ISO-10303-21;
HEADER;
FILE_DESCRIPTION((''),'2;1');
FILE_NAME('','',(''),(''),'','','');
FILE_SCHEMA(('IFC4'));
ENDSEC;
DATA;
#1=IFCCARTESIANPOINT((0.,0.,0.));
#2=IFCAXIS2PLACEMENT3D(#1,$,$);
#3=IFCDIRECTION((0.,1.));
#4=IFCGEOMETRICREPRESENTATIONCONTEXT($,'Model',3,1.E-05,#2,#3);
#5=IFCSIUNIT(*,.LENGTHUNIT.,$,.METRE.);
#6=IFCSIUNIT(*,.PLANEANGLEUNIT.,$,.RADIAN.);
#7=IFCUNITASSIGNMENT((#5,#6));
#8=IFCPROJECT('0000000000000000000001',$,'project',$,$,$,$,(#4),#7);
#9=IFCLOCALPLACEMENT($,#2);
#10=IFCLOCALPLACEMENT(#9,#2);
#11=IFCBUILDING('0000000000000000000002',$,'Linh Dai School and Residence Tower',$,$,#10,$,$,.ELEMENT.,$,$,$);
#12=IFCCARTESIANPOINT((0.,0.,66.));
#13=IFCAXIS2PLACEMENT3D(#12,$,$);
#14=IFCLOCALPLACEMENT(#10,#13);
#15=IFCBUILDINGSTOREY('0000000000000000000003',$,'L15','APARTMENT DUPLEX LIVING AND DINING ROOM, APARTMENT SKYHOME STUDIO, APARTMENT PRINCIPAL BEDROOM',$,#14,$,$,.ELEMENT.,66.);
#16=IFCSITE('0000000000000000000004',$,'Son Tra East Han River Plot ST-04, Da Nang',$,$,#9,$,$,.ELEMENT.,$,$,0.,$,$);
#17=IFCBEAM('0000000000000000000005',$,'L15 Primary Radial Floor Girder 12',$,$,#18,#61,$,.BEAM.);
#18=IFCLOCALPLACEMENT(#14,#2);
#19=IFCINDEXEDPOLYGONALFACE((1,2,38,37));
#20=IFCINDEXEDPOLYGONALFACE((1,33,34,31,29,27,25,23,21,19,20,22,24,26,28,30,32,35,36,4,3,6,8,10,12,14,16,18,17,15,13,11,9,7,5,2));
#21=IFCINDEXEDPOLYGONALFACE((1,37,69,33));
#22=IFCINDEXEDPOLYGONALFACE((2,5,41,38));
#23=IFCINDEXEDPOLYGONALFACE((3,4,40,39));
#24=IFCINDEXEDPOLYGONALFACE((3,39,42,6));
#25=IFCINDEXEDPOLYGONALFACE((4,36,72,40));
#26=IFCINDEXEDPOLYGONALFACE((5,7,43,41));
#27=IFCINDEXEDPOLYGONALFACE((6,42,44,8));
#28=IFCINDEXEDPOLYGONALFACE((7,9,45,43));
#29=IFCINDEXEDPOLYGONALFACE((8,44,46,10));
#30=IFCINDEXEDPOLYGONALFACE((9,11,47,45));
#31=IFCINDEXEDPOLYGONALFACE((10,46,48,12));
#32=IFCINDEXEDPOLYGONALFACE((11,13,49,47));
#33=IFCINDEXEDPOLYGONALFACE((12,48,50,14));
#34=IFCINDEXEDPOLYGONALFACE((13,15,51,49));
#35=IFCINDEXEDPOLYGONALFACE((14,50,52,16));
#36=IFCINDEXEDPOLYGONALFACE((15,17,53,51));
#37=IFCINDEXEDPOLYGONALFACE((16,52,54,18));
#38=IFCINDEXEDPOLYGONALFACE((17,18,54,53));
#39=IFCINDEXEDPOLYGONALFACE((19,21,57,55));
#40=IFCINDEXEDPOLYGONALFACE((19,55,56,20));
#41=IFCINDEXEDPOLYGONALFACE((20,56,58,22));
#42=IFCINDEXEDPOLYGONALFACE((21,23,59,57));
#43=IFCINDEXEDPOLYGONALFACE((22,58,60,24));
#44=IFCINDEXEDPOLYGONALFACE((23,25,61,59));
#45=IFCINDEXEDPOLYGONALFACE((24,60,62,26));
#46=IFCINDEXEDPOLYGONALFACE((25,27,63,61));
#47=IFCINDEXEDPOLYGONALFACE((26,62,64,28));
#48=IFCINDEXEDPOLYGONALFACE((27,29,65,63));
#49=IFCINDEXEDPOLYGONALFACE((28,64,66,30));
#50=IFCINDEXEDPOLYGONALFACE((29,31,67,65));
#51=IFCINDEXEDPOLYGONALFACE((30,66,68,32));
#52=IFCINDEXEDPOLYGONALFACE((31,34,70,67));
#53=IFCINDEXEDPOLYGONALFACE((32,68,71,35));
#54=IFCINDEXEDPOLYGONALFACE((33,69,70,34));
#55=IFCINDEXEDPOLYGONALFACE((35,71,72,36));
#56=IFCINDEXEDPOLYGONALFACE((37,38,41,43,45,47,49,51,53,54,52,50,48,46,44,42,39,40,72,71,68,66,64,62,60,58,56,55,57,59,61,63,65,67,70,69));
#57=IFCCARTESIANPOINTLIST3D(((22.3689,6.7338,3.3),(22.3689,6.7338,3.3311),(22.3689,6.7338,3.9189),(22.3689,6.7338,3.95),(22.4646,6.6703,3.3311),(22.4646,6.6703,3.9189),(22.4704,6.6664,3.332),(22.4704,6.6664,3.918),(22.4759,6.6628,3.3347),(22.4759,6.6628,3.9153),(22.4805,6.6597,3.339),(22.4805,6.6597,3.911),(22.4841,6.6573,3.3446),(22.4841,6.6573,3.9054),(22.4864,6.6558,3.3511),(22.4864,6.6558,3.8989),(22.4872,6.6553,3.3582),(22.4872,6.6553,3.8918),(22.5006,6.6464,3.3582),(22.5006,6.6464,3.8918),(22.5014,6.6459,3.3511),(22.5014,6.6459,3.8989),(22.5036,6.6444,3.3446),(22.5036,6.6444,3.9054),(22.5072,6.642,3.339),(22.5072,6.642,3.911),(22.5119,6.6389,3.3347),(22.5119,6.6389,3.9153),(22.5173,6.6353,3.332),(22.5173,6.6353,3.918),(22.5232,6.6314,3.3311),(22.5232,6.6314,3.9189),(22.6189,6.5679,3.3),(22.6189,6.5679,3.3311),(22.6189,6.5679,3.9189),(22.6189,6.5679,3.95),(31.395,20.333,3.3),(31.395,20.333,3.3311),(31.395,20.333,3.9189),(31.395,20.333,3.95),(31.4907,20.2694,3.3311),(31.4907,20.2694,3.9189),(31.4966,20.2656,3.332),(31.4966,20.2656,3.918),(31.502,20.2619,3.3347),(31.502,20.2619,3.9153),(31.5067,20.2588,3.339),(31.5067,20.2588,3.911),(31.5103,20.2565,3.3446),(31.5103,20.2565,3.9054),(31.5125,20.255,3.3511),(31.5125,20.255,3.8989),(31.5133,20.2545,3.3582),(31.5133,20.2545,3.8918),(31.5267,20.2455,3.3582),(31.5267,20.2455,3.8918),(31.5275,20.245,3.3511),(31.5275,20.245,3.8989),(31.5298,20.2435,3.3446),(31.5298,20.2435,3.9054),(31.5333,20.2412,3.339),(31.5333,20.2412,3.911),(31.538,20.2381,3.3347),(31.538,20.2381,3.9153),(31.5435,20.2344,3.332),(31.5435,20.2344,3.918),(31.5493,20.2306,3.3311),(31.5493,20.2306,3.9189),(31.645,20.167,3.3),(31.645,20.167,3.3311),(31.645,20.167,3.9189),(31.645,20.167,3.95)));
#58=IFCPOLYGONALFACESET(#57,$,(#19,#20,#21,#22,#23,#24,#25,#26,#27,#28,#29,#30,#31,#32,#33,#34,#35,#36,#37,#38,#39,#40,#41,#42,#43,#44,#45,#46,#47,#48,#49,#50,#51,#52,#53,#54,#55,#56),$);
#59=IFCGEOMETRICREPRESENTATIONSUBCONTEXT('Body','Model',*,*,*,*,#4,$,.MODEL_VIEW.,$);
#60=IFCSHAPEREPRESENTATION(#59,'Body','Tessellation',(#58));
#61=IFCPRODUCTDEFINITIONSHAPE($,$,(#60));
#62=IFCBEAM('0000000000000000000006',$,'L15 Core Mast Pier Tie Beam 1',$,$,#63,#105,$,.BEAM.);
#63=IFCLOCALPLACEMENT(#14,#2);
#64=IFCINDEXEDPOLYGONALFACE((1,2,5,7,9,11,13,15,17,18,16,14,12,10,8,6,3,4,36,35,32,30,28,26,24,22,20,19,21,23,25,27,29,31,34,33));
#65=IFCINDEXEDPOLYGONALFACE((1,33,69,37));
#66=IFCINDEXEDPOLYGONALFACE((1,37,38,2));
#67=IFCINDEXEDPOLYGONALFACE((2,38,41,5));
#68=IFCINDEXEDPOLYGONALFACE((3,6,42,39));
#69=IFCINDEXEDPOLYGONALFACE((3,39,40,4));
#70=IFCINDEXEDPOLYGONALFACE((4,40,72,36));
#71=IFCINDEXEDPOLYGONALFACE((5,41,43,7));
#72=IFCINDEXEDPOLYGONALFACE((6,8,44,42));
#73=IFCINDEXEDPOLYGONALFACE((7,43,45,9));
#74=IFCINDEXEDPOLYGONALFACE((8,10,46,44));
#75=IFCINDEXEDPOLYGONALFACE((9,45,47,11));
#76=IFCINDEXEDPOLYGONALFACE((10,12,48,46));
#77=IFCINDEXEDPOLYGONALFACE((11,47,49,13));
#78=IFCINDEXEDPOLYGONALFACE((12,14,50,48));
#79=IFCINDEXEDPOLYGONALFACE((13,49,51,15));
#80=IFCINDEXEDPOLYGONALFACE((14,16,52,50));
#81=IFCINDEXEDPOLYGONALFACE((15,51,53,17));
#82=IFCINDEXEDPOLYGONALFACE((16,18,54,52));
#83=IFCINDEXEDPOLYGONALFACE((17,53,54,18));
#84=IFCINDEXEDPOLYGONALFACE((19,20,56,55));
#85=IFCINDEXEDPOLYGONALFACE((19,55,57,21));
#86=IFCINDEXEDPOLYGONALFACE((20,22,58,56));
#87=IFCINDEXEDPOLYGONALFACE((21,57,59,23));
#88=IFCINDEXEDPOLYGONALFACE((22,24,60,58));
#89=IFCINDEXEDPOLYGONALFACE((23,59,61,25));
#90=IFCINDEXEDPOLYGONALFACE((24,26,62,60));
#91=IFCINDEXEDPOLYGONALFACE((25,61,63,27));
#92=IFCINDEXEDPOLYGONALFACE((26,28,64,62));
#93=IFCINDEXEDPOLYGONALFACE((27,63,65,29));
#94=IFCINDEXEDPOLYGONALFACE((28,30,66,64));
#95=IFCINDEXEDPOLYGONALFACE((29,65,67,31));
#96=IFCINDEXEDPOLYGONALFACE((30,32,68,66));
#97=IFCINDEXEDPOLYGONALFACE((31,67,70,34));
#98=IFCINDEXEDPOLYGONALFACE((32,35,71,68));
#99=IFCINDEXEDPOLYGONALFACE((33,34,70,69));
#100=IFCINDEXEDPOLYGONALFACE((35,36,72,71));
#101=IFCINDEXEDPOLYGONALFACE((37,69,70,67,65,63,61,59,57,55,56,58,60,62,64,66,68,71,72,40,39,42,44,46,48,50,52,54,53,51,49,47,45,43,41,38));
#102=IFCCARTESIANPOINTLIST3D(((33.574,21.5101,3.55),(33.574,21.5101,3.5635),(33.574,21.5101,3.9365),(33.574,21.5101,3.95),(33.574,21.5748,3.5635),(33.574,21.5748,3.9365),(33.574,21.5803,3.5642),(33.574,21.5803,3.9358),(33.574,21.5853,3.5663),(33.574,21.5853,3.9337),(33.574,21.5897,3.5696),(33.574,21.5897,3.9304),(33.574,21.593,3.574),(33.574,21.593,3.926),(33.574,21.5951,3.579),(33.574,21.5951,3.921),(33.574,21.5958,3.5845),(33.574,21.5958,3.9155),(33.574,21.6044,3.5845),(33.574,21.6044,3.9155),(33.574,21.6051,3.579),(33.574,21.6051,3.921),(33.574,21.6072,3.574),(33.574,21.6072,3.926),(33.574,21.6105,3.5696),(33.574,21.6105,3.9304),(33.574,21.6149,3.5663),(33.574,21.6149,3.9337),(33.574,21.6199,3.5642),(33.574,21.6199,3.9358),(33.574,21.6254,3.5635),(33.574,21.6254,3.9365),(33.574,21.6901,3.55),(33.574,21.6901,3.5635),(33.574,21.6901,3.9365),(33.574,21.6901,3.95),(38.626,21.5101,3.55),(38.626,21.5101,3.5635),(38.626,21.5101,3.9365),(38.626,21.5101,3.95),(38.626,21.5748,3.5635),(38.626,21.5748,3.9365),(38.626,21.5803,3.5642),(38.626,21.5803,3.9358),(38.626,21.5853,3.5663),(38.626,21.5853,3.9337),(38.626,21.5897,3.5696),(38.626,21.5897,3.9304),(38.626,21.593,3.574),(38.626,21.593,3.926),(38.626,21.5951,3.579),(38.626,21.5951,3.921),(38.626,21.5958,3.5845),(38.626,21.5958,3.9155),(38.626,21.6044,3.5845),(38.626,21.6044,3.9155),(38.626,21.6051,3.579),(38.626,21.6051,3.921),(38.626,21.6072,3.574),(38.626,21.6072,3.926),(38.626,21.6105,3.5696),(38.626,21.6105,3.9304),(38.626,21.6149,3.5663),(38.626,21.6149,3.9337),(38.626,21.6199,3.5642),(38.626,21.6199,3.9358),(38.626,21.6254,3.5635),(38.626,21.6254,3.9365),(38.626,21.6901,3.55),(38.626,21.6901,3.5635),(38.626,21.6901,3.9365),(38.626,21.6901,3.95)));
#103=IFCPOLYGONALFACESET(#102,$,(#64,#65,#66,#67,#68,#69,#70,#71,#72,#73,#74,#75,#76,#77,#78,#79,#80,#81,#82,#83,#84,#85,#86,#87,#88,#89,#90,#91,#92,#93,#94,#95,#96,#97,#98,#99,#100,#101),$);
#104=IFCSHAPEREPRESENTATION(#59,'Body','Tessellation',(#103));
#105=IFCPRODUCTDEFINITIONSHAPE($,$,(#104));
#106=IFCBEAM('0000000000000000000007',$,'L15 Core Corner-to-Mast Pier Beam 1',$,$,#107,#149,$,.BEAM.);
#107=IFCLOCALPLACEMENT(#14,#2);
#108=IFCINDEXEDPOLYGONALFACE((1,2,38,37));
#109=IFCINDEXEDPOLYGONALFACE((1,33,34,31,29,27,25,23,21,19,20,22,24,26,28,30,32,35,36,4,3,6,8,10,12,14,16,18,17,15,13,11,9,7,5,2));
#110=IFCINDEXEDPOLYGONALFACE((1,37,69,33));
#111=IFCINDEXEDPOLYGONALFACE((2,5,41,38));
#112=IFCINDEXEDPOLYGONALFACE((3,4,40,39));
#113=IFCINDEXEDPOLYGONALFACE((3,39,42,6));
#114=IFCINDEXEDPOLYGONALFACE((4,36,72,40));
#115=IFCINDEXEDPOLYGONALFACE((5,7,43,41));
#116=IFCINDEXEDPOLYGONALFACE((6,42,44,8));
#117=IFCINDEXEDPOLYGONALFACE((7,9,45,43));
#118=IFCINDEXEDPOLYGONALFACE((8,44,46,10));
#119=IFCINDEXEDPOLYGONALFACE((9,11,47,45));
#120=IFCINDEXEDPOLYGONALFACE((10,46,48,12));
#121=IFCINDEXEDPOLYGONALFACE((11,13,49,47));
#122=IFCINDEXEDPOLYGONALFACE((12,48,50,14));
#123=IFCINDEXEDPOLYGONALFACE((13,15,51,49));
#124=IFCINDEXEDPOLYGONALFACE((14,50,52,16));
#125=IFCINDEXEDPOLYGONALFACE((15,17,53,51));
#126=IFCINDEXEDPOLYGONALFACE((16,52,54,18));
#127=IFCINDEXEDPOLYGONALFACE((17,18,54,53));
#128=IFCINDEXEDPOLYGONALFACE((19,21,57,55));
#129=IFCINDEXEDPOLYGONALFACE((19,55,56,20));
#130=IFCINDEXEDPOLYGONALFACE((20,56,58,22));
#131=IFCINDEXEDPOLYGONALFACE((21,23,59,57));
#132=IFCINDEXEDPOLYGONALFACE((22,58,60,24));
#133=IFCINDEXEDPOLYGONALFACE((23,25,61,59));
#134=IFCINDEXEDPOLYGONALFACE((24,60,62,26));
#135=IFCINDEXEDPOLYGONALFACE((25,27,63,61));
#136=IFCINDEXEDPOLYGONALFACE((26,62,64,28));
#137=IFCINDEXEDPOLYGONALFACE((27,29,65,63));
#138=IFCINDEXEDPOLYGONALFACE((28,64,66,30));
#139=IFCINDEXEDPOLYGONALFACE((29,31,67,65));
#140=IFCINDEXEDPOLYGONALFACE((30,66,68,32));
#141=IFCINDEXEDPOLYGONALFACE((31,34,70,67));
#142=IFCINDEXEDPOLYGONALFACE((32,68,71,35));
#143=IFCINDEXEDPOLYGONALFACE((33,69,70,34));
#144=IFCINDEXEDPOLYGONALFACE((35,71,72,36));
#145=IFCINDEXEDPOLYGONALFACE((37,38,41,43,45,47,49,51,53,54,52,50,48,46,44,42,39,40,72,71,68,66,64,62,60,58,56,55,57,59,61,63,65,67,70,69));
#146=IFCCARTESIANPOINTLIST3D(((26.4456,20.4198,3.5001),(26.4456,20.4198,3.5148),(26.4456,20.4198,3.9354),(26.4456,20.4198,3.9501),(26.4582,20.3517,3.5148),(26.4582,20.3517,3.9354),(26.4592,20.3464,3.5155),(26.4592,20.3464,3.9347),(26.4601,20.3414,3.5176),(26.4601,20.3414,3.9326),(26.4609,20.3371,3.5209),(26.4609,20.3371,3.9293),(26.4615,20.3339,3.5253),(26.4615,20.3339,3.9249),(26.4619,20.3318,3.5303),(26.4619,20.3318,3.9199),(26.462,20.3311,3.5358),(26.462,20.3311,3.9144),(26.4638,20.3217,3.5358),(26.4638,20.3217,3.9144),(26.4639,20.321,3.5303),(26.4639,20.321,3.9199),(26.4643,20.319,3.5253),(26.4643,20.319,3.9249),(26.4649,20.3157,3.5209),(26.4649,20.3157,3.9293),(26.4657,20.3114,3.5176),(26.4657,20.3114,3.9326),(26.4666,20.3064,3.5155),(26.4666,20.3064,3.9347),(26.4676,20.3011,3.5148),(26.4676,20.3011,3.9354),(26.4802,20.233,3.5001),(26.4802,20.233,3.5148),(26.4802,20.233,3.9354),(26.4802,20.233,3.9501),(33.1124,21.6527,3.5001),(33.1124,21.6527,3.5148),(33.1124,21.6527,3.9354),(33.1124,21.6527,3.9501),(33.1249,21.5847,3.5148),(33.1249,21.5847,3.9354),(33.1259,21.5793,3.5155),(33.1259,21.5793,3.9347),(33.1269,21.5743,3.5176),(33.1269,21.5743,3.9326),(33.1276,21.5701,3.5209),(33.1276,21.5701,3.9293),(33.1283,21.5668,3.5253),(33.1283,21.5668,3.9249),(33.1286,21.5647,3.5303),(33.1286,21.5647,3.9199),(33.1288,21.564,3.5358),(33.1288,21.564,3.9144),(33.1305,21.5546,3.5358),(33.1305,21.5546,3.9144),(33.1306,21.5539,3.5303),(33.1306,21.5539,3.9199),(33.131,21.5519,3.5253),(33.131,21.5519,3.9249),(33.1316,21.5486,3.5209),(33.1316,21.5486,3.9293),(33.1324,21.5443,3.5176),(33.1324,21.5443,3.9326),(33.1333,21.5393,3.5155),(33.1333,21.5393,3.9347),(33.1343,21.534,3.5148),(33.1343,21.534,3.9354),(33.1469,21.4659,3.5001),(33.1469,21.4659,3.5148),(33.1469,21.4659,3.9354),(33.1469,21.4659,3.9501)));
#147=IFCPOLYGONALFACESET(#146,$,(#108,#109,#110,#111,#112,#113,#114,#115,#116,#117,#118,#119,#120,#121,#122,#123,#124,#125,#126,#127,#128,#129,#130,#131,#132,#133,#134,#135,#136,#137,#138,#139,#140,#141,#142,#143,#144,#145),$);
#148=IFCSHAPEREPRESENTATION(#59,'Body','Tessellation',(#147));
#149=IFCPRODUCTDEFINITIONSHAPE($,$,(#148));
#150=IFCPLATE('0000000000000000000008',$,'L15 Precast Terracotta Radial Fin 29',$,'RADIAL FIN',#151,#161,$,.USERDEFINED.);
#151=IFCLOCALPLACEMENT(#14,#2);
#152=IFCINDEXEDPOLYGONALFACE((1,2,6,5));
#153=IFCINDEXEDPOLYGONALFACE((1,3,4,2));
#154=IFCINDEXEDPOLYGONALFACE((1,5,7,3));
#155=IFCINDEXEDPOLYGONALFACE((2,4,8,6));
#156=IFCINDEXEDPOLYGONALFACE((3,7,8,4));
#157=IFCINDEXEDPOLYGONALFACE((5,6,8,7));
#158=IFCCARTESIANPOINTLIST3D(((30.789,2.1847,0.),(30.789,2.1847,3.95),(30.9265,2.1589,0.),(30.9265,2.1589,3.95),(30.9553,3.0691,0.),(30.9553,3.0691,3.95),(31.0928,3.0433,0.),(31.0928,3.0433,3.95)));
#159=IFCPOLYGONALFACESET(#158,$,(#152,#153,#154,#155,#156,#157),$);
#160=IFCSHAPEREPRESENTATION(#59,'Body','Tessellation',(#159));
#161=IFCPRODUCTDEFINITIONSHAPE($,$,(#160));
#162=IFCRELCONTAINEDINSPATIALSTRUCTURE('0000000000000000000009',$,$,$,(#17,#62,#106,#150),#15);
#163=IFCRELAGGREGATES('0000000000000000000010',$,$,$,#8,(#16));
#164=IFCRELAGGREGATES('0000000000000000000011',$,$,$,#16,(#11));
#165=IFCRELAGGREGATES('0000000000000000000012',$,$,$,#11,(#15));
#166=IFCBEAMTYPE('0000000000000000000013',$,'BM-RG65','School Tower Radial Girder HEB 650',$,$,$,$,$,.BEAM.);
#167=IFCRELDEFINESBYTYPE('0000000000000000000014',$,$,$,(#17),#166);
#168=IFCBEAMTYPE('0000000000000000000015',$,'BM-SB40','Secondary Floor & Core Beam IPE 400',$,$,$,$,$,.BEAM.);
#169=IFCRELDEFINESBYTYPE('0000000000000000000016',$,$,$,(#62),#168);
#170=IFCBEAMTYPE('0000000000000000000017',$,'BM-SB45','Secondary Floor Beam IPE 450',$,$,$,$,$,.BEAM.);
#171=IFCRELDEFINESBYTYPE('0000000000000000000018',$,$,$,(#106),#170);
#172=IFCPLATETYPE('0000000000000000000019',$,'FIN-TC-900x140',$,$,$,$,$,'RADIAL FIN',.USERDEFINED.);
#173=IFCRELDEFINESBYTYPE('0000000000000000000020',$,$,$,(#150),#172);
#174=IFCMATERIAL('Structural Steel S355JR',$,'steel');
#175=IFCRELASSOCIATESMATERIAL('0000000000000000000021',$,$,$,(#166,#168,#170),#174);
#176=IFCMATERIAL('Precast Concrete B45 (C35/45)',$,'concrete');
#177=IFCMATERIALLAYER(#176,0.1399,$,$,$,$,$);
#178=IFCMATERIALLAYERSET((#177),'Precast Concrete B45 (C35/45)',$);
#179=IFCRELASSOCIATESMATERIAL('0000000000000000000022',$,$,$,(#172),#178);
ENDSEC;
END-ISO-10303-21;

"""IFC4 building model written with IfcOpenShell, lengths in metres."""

from ifc_helpers import new_model, si_unit, direction, frame, origin, origin_2d, place, context, subcontext, project, spatial, rectangle, i_section, extrude, source, transform, mapped, material, layer, layer_set, material_profile, profile_set, type_object, element, save


model = new_model("IFC4")

# Units and contexts
model_context = context("Model", 3, precision=1e-05, world=origin(), true_north=direction((0.0, 1.0)))
body_context = subcontext(model_context, "Body", "Model", "MODEL_VIEW")
ifc_project = project(units=[si_unit("LENGTHUNIT", "METRE"), si_unit("PLANEANGLEUNIT", "RADIAN")], contexts=[model_context])

# Site, building, storey
site_placement = place(None, origin())
site = spatial("IfcSite", under=ifc_project, at=site_placement, Name="Son Tra East Han River Plot ST-04, Da Nang", CompositionType="ELEMENT", RefElevation=0.0)
building_placement = place(site_placement, origin())
building = spatial("IfcBuilding", under=site, at=building_placement, Name="Linh Dai School and Residence Tower", CompositionType="ELEMENT")
storey_placement = place(building_placement, frame((0.0, 0.0, 66.0)))
storey = spatial("IfcBuildingStorey", under=building, at=storey_placement, Name="L15", Description="APARTMENT DUPLEX LIVING AND DINING ROOM, APARTMENT SKYHOME STUDIO, APARTMENT PRINCIPAL BEDROOM", CompositionType="ELEMENT", Elevation=66.0)

# Shared definitions
ifc_material_1 = material(Name="Structural Steel S355JR", Category="steel")

# Beams
ifc_material_profile_1 = material_profile(ifc_material_1, i_section(OverallWidth=0.3, OverallDepth=0.6499, WebThickness=0.0161, FlangeThickness=0.031, FilletRadius=0.0271, at=origin_2d()), Name="HEB 650")
ifc_profile_set_1 = profile_set([ifc_material_profile_1], Name="Structural Steel S355JR")
beam_type_1 = type_object("IfcBeamType", Name="BM-RG65", Description="School Tower Radial Girder HEB 650", PredefinedType="BEAM", material=ifc_profile_set_1)
beam_1_placement = place(storey_placement, frame((31.52, 20.25, 3.625), z_axis=(-0.553004, -0.833178, 0.0), x_axis=(0.833178, -0.553004, 0.0)))
element("IfcBeam", 1, at=beam_1_placement, inside=storey, type_object=beam_type_1, Name="L15 Primary Radial Floor Girder 12", PredefinedType="BEAM", context=body_context, shape_type="SweptSolid", body=[
    extrude(i_section(OverallWidth=0.3, OverallDepth=0.6499, WebThickness=0.0161, FlangeThickness=0.031, FilletRadius=0.0271, at=origin_2d()), origin(), (0.0, 0.0, 1.0), 16.322),
])
ifc_material_profile_2 = material_profile(ifc_material_1, i_section(OverallWidth=0.1799, OverallDepth=0.3999, WebThickness=0.0085, FlangeThickness=0.0134, FilletRadius=0.021, at=origin_2d()), Name="IPE 400")
ifc_profile_set_2 = profile_set([ifc_material_profile_2], Name="Structural Steel S355JR")
beam_type_2 = type_object("IfcBeamType", Name="BM-SB40", Description="Secondary Floor & Core Beam IPE 400", PredefinedType="BEAM", material=ifc_profile_set_2)
beam_2_placement = place(storey_placement, frame((33.574, 21.6001, 3.75), z_axis=(1.0, 0.0, 0.0), x_axis=(0.0, 1.0, 0.0)))
element("IfcBeam", 2, at=beam_2_placement, inside=storey, type_object=beam_type_2, Name="L15 Core Mast Pier Tie Beam 1", PredefinedType="BEAM", context=body_context, shape_type="SweptSolid", body=[
    extrude(i_section(OverallWidth=0.1799, OverallDepth=0.3999, WebThickness=0.0085, FlangeThickness=0.0134, FilletRadius=0.021, at=origin_2d()), origin(), (0.0, 0.0, 1.0), 5.052),
])
ifc_material_profile_3 = material_profile(ifc_material_1, i_section(OverallWidth=0.1899, OverallDepth=0.45, WebThickness=0.0095, FlangeThickness=0.0146, FilletRadius=0.021, at=origin_2d()), Name="IPE 450")
ifc_profile_set_3 = profile_set([ifc_material_profile_3], Name="Structural Steel S355JR")
beam_type_3 = type_object("IfcBeamType", Name="BM-SB45", Description="Secondary Floor Beam IPE 450", PredefinedType="BEAM", material=ifc_profile_set_3)
beam_3_placement = place(storey_placement, frame((26.4629, 20.3264, 3.7251), z_axis=(0.983326, 0.181851, 0.0), x_axis=(-0.181851, 0.983326, 0.0)))
element("IfcBeam", 3, at=beam_3_placement, inside=storey, type_object=beam_type_3, Name="L15 Core Corner-to-Mast Pier Beam 1", PredefinedType="BEAM", context=body_context, shape_type="SweptSolid", body=[
    extrude(i_section(OverallWidth=0.1899, OverallDepth=0.45, WebThickness=0.0095, FlangeThickness=0.0146, FilletRadius=0.021, at=origin_2d()), origin(), (0.0, 0.0, 1.0), 6.7798),
])

# Plate
ifc_material_2 = material(Name="Precast Concrete B45 (C35/45)", Category="concrete")
ifc_layer_1 = layer(ifc_material_2, 0.1399)
ifc_layer_set_1 = layer_set([ifc_layer_1], Name="Precast Concrete B45 (C35/45)")
plate_type = type_object("IfcPlateType", Name="FIN-TC-900x140", ElementType="RADIAL FIN", PredefinedType="USERDEFINED", material=ifc_layer_set_1)
shared_shape_1 = source(origin(), body_context, "Body", "SweptSolid", [
    extrude(rectangle(XDim=0.8999, YDim=0.1399, at=origin_2d()), origin(), (0.0, 0.0, 1.0), 3.95),
])
plate_placement = place(storey_placement, frame((30.9409, 2.614, 0.0), z_axis=(0.0, 0.0, 1.0), x_axis=(-0.184748, -0.982786, 0.0)))
element("IfcPlate", 4, at=plate_placement, inside=storey, type_object=plate_type, Name="L15 Precast Terracotta Radial Fin 29", ObjectType="RADIAL FIN", PredefinedType="USERDEFINED", context=body_context, shape_type="MappedRepresentation", body=[
    mapped(shared_shape_1, transform((0.0, 0.0, 0.0), x_axis=(1.0, 0.0, 0.0), y_axis=(0.0, 1.0, 0.0), z_axis=(0.0, 0.0, 1.0), scale=1.0)),
])

save(model, "model.ifc")
